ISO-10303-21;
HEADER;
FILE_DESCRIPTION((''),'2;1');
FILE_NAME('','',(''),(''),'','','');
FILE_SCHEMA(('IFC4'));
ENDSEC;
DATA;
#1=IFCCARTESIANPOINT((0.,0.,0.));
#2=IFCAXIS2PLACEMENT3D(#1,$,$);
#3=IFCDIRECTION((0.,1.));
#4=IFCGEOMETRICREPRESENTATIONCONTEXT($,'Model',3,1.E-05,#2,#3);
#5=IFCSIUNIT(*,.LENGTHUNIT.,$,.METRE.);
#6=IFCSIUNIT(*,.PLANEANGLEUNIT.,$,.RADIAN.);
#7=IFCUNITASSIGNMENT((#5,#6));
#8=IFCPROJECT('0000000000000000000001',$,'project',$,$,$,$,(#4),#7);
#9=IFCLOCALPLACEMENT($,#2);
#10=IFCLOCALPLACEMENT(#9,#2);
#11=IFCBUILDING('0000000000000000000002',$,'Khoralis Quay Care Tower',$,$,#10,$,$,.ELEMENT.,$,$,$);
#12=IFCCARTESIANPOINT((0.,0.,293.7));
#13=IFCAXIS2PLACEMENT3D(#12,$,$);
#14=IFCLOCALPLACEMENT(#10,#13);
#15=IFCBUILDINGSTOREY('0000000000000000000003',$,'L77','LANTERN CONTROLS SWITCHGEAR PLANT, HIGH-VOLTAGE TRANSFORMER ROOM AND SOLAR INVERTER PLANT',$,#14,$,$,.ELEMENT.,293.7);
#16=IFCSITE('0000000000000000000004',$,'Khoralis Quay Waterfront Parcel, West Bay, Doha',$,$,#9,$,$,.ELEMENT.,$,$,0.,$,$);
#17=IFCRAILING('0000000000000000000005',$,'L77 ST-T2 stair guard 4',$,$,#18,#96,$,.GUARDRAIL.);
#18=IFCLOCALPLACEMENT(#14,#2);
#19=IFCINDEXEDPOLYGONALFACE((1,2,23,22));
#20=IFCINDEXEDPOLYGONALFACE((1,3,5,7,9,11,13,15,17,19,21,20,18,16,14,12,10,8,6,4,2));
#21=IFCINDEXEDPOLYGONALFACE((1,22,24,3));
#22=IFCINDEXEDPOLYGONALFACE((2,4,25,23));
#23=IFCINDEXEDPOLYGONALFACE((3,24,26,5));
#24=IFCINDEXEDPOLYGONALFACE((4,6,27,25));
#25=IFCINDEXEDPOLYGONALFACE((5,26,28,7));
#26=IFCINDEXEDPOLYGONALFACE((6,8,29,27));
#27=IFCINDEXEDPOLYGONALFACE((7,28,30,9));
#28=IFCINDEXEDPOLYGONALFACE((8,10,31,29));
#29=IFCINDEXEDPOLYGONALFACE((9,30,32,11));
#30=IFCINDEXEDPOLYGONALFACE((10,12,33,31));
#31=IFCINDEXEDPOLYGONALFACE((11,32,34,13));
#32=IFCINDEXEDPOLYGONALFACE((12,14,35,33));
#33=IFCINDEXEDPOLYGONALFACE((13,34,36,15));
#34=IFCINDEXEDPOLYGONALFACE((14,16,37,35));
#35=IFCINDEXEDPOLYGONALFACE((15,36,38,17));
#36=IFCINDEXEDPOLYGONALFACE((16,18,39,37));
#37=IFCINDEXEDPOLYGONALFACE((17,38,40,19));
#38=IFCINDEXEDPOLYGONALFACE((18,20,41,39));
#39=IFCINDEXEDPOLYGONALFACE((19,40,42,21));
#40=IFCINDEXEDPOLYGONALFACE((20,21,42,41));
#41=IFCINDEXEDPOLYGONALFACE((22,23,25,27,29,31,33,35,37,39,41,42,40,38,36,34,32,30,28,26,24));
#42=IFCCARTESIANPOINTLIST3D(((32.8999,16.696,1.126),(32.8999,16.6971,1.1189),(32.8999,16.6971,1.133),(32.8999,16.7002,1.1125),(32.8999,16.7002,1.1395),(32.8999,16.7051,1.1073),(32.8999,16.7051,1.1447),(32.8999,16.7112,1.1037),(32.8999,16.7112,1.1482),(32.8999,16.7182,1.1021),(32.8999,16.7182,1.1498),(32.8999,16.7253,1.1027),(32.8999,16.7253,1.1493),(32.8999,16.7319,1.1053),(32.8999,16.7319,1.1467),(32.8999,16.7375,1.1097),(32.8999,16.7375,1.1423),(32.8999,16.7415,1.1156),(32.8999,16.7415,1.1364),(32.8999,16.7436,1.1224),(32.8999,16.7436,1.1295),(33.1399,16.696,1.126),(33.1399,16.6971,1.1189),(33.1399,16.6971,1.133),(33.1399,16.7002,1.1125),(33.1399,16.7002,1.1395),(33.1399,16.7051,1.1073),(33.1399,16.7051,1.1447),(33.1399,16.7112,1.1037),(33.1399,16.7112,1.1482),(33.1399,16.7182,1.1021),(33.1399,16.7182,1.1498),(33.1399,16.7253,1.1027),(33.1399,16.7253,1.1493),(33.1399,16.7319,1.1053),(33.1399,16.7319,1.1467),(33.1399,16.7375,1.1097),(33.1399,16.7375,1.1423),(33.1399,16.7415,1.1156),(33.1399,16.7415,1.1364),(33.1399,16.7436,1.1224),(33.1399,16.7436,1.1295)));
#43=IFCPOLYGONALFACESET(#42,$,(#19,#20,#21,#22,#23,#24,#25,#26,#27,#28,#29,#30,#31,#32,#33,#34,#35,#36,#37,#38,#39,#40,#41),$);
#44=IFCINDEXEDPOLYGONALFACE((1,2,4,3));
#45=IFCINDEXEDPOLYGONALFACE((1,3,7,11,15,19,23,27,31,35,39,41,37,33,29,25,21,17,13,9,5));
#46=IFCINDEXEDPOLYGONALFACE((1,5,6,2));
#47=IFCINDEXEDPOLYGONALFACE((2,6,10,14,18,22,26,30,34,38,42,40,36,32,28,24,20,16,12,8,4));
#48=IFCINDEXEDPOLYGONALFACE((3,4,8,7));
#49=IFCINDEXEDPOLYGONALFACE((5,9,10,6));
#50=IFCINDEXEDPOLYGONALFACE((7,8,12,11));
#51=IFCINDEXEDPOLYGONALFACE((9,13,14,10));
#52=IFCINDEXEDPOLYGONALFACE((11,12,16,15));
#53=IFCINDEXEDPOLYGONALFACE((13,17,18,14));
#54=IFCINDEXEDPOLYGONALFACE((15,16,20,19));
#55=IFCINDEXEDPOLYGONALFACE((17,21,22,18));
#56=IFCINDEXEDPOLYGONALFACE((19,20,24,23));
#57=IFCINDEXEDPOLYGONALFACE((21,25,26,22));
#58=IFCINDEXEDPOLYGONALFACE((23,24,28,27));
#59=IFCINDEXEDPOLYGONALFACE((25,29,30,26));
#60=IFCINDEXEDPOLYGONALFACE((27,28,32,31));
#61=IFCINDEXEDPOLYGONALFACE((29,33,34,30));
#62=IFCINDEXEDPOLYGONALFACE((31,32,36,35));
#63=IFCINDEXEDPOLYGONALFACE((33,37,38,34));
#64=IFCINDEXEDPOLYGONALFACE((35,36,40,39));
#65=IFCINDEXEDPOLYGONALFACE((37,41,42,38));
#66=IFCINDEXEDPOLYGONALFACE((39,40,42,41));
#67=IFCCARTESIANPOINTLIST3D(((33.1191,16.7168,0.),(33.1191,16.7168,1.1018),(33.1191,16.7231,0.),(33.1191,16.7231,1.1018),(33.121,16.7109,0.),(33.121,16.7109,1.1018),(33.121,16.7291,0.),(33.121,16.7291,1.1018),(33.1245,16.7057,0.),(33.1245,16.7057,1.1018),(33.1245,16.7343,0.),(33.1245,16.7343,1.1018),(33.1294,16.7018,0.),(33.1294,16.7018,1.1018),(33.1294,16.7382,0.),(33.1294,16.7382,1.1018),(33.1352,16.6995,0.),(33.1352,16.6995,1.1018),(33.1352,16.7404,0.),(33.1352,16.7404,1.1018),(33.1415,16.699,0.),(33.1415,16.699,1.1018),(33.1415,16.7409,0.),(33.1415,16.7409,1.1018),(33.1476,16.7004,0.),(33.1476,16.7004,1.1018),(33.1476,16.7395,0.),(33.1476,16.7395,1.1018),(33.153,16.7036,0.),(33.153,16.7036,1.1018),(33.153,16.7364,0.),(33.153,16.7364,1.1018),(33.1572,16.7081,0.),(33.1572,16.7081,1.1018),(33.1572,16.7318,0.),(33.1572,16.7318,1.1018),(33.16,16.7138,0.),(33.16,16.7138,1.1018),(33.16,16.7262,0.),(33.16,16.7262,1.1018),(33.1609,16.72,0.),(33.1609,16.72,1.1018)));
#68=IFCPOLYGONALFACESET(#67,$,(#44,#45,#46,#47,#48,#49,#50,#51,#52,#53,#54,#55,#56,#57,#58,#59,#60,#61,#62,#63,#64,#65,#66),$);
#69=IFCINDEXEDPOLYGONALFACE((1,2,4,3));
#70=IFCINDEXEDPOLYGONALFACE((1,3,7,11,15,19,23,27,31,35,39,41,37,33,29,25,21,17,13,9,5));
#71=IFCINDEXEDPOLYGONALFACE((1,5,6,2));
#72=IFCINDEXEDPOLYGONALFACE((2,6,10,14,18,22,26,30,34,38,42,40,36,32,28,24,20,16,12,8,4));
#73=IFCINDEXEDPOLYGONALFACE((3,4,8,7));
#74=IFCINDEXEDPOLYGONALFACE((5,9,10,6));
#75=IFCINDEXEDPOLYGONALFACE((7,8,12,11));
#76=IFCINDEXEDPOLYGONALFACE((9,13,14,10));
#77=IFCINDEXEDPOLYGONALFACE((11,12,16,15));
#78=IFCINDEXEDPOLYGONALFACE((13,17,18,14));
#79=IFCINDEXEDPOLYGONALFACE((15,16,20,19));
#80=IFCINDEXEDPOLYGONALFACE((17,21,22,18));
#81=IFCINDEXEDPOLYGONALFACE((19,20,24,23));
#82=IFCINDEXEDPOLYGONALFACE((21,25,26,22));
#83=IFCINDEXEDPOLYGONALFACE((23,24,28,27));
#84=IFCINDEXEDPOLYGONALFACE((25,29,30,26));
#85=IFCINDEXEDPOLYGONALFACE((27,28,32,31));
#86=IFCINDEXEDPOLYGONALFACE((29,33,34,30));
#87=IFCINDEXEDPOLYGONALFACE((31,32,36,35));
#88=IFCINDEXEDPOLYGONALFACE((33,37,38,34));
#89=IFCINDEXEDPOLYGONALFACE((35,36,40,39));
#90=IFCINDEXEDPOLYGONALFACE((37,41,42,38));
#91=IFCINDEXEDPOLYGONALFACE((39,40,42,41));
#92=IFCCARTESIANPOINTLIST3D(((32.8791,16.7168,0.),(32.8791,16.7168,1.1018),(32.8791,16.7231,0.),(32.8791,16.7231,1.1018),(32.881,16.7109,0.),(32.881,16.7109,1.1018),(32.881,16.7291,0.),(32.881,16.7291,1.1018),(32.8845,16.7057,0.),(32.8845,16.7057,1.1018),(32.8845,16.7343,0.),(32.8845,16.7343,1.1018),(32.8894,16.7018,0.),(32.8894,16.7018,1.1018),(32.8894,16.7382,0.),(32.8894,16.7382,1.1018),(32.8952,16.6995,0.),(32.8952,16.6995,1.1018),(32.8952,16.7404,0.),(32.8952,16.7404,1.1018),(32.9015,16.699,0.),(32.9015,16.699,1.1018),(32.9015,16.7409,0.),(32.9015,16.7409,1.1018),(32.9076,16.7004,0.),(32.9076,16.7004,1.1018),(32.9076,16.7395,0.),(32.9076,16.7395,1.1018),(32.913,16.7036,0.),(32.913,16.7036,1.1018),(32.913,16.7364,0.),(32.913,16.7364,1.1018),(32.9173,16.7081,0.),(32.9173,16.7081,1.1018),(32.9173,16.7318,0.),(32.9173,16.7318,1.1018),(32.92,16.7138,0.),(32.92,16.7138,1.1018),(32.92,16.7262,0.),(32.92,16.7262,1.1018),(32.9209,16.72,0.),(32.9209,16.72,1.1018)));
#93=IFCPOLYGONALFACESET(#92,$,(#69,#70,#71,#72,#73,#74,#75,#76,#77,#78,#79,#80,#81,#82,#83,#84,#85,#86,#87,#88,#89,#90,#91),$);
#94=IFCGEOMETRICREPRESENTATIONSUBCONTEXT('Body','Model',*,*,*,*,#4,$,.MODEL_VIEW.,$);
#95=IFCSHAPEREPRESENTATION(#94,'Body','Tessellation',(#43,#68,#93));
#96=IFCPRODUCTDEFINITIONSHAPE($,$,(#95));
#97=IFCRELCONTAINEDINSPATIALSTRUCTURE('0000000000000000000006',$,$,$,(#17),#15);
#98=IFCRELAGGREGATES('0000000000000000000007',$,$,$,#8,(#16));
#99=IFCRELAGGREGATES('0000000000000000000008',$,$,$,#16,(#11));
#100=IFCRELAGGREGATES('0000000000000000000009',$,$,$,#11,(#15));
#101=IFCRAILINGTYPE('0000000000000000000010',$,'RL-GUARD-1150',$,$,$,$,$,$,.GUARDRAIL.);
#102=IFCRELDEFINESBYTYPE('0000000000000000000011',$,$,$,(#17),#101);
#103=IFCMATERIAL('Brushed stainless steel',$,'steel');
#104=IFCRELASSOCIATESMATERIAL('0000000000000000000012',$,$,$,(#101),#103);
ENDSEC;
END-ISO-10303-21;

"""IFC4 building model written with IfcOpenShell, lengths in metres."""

from ifc_helpers import new_model, si_unit, direction, frame, origin, origin_2d, place, context, subcontext, project, spatial, circle, extrude, material, type_object, element, save


model = new_model("IFC4")

# Units and contexts
model_context = context("Model", 3, precision=1e-05, world=origin(), true_north=direction((0.0, 1.0)))
body_context = subcontext(model_context, "Body", "Model", "MODEL_VIEW")
ifc_project = project(units=[si_unit("LENGTHUNIT", "METRE"), si_unit("PLANEANGLEUNIT", "RADIAN")], contexts=[model_context])

# Site, building, storey
site_placement = place(None, origin())
site = spatial("IfcSite", under=ifc_project, at=site_placement, Name="Khoralis Quay Waterfront Parcel, West Bay, Doha", CompositionType="ELEMENT", RefElevation=0.0)
building_placement = place(site_placement, origin())
building = spatial("IfcBuilding", under=site, at=building_placement, Name="Khoralis Quay Care Tower", CompositionType="ELEMENT")
storey_placement = place(building_placement, frame((0.0, 0.0, 293.7)))
storey = spatial("IfcBuildingStorey", under=building, at=storey_placement, Name="L77", Description="LANTERN CONTROLS SWITCHGEAR PLANT, HIGH-VOLTAGE TRANSFORMER ROOM AND SOLAR INVERTER PLANT", CompositionType="ELEMENT", Elevation=293.7)

# Shared definitions
ifc_material_1 = material(Name="Brushed stainless steel", Category="steel")

# Railing
railing_type_1 = type_object("IfcRailingType", Name="RL-GUARD-1150", PredefinedType="GUARDRAIL", material=ifc_material_1)
railing_1_placement = place(storey_placement, frame((33.1399, 16.72, 0.0)))
element("IfcRailing", 1, at=railing_1_placement, inside=storey, type_object=railing_type_1, Name="L77 ST-T2 stair guard 4", PredefinedType="GUARDRAIL", context=body_context, shape_type="SweptSolid", body=[
    extrude(circle(Radius=0.0239, at=origin_2d()), frame((0.0, 0.0, 1.126), z_axis=(-1.0, 0.0, 0.0), x_axis=(0.0, -1.0, 0.0)), (0.0, 0.0, 1.0), 0.24),
    extrude(circle(Radius=0.021, at=origin_2d()), origin(), (0.0, 0.0, 1.0), 1.1018),
    extrude(circle(Radius=0.021, at=origin_2d()), frame((-0.24, 0.0, 0.0)), (0.0, 0.0, 1.0), 1.1018),
])

save(model, "model.ifc")
